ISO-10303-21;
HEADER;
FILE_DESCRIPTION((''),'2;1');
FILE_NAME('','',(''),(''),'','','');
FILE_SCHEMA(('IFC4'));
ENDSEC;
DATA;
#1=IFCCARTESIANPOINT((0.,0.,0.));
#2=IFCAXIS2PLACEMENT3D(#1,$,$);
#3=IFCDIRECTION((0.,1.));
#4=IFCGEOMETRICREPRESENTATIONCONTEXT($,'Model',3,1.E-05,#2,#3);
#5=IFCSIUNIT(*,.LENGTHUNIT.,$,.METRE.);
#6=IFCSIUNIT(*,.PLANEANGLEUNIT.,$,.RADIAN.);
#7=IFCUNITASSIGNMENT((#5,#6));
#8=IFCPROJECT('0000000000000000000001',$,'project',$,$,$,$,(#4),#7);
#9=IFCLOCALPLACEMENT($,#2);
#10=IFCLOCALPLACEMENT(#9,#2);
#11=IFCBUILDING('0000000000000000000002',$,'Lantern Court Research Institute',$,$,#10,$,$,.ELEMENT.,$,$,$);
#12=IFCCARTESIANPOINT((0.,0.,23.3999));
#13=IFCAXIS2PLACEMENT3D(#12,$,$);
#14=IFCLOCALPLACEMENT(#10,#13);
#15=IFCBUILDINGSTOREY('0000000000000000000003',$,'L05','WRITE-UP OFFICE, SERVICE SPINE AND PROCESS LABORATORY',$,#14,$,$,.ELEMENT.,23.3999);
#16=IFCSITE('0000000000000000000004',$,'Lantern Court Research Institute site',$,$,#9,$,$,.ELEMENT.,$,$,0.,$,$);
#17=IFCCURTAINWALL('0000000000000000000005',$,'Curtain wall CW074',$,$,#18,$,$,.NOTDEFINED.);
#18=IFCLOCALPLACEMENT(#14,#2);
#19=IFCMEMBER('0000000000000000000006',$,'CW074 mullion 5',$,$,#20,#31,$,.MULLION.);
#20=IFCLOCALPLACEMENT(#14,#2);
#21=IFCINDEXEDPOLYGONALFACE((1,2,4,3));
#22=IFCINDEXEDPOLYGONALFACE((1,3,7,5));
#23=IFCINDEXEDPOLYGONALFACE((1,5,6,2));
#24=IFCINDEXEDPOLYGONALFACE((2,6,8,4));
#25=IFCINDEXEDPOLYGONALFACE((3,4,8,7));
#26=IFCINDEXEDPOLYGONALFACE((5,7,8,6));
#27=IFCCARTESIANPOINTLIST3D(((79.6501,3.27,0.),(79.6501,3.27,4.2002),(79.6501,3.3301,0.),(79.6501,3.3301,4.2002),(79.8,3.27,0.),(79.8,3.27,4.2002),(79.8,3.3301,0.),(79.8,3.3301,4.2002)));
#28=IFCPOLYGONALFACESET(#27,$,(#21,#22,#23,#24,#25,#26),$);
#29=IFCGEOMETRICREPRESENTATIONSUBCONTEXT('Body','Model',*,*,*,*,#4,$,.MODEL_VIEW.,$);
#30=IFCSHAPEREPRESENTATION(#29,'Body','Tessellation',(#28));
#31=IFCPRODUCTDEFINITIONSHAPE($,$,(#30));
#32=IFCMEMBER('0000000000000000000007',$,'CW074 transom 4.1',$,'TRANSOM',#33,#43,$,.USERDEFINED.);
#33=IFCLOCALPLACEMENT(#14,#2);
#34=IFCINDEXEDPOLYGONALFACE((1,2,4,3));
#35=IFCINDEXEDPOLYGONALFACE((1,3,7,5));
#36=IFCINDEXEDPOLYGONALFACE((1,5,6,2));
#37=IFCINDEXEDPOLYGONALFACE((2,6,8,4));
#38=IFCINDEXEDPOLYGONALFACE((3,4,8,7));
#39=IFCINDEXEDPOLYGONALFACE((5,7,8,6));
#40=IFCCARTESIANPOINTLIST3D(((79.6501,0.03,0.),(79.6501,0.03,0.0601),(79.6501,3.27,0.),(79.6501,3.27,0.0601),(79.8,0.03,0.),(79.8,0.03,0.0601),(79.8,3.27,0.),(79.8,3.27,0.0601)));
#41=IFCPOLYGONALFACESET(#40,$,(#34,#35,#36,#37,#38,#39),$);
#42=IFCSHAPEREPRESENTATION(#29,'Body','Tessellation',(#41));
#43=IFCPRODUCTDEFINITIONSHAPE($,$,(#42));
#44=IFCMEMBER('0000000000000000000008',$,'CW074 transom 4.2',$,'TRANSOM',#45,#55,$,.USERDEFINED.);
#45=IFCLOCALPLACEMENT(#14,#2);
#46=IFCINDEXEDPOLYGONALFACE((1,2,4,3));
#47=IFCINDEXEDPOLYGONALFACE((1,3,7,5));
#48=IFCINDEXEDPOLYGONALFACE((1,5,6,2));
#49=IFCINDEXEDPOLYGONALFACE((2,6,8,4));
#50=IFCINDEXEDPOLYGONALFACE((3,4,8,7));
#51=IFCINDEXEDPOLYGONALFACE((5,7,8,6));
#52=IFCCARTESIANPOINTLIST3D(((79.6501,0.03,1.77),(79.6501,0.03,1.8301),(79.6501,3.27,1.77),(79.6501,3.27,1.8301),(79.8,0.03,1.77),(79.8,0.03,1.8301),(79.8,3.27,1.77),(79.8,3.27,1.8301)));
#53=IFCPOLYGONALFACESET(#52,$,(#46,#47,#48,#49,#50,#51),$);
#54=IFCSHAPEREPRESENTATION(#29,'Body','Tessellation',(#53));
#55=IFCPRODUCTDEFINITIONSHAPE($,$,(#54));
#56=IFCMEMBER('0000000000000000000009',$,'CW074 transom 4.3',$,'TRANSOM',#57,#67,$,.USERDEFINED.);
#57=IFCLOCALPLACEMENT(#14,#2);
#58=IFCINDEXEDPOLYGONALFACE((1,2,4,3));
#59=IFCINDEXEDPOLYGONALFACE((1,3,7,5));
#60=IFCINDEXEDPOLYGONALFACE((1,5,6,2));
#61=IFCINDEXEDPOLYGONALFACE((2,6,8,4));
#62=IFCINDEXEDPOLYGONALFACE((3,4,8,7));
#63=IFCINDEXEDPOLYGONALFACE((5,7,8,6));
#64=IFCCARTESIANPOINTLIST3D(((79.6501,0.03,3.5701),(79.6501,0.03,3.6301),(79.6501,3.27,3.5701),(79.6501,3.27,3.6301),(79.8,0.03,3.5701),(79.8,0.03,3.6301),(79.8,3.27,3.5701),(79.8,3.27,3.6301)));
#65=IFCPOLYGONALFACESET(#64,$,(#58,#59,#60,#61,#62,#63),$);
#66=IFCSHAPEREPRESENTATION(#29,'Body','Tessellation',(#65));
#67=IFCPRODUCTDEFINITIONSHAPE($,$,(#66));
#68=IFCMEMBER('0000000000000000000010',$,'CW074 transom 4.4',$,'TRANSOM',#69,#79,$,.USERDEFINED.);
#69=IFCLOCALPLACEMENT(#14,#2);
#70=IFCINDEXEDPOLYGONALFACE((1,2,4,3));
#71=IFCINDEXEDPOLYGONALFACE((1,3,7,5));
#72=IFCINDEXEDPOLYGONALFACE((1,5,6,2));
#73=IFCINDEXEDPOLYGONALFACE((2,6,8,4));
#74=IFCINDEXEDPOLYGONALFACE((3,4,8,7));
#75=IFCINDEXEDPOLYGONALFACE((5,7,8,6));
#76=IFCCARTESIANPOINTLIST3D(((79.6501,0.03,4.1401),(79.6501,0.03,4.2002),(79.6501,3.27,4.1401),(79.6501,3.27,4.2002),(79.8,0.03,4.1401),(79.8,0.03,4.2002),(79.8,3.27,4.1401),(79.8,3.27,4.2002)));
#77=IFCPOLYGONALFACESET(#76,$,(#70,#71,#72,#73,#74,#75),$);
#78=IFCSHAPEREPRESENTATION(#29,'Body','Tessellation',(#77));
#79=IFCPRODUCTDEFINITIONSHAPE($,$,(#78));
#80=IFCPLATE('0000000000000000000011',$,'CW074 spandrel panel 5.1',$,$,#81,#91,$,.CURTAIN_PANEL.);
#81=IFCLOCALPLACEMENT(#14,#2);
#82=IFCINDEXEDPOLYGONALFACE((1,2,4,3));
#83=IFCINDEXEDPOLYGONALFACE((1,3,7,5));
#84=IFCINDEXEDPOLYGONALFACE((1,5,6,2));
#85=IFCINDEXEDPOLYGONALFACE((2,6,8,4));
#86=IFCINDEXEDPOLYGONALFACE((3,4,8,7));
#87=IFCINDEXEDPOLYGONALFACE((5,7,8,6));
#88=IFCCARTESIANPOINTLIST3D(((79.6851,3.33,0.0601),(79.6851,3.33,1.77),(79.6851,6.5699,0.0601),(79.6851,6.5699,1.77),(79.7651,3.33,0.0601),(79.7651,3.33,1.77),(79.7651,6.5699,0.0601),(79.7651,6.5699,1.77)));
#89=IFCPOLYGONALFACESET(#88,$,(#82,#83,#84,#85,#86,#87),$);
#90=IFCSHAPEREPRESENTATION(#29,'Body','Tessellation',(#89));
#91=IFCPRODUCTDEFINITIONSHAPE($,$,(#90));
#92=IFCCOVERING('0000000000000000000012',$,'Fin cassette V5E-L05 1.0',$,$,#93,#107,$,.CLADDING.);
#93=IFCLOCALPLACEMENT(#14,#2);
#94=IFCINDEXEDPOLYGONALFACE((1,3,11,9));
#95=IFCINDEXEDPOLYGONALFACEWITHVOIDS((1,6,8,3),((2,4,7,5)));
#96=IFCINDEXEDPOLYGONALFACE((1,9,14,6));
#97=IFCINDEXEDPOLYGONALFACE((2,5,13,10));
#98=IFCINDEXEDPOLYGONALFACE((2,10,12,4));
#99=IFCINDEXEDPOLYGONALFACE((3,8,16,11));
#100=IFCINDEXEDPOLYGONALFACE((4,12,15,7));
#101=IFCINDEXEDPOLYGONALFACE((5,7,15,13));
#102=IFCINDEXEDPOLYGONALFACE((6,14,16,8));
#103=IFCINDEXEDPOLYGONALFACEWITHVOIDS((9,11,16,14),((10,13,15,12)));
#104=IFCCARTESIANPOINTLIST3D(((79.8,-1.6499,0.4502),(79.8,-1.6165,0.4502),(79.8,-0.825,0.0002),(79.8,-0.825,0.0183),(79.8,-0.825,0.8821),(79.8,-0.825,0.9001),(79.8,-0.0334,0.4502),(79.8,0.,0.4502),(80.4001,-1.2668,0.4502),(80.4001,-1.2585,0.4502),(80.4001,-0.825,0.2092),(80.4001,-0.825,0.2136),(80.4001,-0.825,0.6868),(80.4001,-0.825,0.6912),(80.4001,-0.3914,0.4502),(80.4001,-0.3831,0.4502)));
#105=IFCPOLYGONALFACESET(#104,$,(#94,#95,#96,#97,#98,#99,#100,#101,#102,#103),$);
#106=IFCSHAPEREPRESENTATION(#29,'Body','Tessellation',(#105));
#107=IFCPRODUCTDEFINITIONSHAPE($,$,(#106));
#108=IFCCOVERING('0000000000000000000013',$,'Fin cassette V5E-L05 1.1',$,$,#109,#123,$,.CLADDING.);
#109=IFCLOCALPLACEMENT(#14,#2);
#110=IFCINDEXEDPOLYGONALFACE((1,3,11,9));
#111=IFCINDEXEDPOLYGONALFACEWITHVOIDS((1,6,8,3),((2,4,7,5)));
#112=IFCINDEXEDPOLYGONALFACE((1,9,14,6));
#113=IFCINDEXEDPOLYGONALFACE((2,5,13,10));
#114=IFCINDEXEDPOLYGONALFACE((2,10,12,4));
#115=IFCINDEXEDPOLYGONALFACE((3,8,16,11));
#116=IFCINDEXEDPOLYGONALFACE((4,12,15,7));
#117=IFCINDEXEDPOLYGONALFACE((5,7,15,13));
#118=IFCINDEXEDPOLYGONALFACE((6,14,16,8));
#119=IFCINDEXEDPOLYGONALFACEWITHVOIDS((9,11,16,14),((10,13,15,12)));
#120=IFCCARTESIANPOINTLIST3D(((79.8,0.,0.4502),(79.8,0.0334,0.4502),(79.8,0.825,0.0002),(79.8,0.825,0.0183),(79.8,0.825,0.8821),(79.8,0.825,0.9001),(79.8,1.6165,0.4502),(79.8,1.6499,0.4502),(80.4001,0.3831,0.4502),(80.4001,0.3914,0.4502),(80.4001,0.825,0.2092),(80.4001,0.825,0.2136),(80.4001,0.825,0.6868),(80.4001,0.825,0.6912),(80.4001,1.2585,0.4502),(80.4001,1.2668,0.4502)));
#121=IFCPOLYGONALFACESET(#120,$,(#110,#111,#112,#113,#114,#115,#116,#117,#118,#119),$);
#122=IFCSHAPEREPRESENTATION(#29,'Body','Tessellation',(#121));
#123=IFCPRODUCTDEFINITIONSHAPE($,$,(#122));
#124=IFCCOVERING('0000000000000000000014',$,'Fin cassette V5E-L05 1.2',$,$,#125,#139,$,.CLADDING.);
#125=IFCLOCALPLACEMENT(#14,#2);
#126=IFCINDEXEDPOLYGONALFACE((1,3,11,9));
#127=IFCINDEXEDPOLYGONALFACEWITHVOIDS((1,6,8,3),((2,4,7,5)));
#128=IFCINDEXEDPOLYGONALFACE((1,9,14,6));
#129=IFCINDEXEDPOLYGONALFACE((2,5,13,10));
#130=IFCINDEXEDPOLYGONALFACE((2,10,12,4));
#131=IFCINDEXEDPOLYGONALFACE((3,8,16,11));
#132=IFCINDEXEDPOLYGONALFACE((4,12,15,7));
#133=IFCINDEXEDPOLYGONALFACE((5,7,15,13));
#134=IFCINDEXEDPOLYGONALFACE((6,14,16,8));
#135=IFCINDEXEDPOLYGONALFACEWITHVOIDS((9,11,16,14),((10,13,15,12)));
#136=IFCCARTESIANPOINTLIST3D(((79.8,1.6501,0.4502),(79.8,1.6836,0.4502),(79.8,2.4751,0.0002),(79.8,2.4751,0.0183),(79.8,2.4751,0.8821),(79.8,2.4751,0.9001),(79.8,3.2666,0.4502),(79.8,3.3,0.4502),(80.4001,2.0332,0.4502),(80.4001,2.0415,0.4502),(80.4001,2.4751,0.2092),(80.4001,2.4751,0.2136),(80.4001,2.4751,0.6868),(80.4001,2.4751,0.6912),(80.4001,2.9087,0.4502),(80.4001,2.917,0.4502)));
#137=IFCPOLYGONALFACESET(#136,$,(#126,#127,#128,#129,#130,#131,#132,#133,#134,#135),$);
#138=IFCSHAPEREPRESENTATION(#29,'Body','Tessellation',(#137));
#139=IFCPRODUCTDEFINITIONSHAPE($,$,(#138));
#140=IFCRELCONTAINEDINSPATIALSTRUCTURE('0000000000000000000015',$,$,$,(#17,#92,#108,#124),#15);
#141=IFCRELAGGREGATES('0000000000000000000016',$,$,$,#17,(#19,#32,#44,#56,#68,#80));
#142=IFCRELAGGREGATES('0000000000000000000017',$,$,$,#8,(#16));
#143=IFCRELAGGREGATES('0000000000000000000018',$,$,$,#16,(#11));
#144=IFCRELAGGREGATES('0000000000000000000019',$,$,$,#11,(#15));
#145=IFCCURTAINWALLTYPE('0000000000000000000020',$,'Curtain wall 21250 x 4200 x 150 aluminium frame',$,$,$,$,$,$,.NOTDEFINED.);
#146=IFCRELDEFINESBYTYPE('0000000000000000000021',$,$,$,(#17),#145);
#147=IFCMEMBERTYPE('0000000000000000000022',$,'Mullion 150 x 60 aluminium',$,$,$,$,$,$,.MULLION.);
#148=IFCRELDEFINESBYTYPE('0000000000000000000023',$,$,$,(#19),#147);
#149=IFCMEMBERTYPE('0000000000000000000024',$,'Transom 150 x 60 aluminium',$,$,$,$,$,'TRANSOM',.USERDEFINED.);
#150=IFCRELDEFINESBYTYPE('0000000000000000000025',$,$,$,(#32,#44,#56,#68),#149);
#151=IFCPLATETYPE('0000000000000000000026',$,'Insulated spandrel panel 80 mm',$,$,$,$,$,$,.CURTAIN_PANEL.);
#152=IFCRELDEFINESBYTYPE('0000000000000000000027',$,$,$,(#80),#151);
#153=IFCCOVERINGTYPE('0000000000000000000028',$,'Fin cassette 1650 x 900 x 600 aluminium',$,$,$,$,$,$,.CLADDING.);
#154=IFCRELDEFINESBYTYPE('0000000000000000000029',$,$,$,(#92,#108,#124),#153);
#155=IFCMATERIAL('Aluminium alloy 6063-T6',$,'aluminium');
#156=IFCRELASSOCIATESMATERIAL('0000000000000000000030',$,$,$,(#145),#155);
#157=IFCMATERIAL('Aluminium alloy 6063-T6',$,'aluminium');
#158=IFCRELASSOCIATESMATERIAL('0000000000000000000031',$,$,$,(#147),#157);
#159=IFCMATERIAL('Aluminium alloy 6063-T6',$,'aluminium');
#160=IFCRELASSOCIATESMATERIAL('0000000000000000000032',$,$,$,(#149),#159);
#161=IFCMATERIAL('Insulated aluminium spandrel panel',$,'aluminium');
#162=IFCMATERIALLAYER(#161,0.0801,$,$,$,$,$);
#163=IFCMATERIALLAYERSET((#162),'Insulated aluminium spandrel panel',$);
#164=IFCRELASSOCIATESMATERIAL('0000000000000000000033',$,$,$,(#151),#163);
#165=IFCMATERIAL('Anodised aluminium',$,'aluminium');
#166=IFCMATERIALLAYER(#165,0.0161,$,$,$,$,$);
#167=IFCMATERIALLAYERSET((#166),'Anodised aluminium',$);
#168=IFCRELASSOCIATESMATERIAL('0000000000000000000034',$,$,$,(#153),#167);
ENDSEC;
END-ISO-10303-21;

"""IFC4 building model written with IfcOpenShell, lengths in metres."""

from ifc_helpers import new_model, entity, si_unit, direction, frame, origin, origin_2d, place, context, subcontext, project, spatial, rectangle, extrude, material, layer, layer_set, material_profile, profile_set, type_object, element, aggregate, save


model = new_model("IFC4")

# Units and contexts
model_context = context("Model", 3, precision=1e-05, world=origin(), true_north=direction((0.0, 1.0)))
body_context = subcontext(model_context, "Body", "Model", "MODEL_VIEW")
ifc_project = project(units=[si_unit("LENGTHUNIT", "METRE"), si_unit("PLANEANGLEUNIT", "RADIAN")], contexts=[model_context])

# Site, building, storey
site_placement = place(None, origin())
site = spatial("IfcSite", under=ifc_project, at=site_placement, Name="Lantern Court Research Institute site", CompositionType="ELEMENT", RefElevation=0.0)
building_placement = place(site_placement, origin())
building = spatial("IfcBuilding", under=site, at=building_placement, Name="Lantern Court Research Institute", CompositionType="ELEMENT")
storey_placement = place(building_placement, frame((0.0, 0.0, 23.3999)))
storey = spatial("IfcBuildingStorey", under=building, at=storey_placement, Name="L05", Description="WRITE-UP OFFICE, SERVICE SPINE AND PROCESS LABORATORY", CompositionType="ELEMENT", Elevation=23.3999)

# Curtain wall, members, plate
ifc_material_1 = material(Name="Aluminium alloy 6063-T6", Category="aluminium")
curtain_wall_type = type_object("IfcCurtainWallType", Name="Curtain wall 21250 x 4200 x 150 aluminium frame", PredefinedType="NOTDEFINED", material=ifc_material_1)
curtain_wall_placement = place(storey_placement, origin())
curtain_wall = element("IfcCurtainWall", 1, at=curtain_wall_placement, inside=storey, type_object=curtain_wall_type, Name="Curtain wall CW074", PredefinedType="NOTDEFINED")
ifc_material_2 = material(Name="Aluminium alloy 6063-T6", Category="aluminium")
ifc_material_profile_1 = material_profile(ifc_material_2, rectangle(XDim=0.1499, YDim=0.0601, at=origin_2d()), Name="Mullion 150 x 60")
ifc_profile_set_1 = profile_set([ifc_material_profile_1], Name="Aluminium alloy 6063-T6")
member_type_1 = type_object("IfcMemberType", Name="Mullion 150 x 60 aluminium", PredefinedType="MULLION", material=ifc_profile_set_1)
member_1_placement = place(storey_placement, frame((79.7251, 3.3, 0.0), z_axis=(0.0, 0.0, 1.0), x_axis=(1.0, 0.0, 0.0)))
member_1 = element("IfcMember", 2, at=member_1_placement, type_object=member_type_1, Name="CW074 mullion 5", PredefinedType="MULLION", context=body_context, shape_type="SweptSolid", body=[
    extrude(rectangle(XDim=0.1499, YDim=0.0601, at=origin_2d()), origin(), (0.0, 0.0, 1.0), 4.2002),
])
ifc_material_3 = material(Name="Aluminium alloy 6063-T6", Category="aluminium")
ifc_material_profile_2 = material_profile(ifc_material_3, rectangle(XDim=0.1499, YDim=0.0601, at=origin_2d()), Name="Transom 150 x 60")
ifc_profile_set_2 = profile_set([ifc_material_profile_2], Name="Aluminium alloy 6063-T6")
member_type_2 = type_object("IfcMemberType", Name="Transom 150 x 60 aluminium", ElementType="TRANSOM", PredefinedType="USERDEFINED", material=ifc_profile_set_2)
member_2_placement = place(storey_placement, frame((79.7251, 3.27, 0.03), z_axis=(0.0, -1.0, 0.0), x_axis=(1.0, 0.0, 0.0)))
member_2 = element("IfcMember", 3, at=member_2_placement, type_object=member_type_2, Name="CW074 transom 4.1", ObjectType="TRANSOM", PredefinedType="USERDEFINED", context=body_context, shape_type="SweptSolid", body=[
    extrude(rectangle(XDim=0.1499, YDim=0.0601, at=origin_2d()), origin(), (0.0, 0.0, 1.0), 3.24),
])
member_3_placement = place(storey_placement, frame((79.7251, 3.27, 1.8), z_axis=(0.0, -1.0, 0.0), x_axis=(1.0, 0.0, 0.0)))
member_3 = element("IfcMember", 4, at=member_3_placement, type_object=member_type_2, Name="CW074 transom 4.2", ObjectType="TRANSOM", PredefinedType="USERDEFINED", context=body_context, shape_type="SweptSolid", body=[
    extrude(rectangle(XDim=0.1499, YDim=0.0601, at=origin_2d()), origin(), (0.0, 0.0, 1.0), 3.24),
])
member_4_placement = place(storey_placement, frame((79.7251, 3.27, 3.6001), z_axis=(0.0, -1.0, 0.0), x_axis=(1.0, 0.0, 0.0)))
member_4 = element("IfcMember", 5, at=member_4_placement, type_object=member_type_2, Name="CW074 transom 4.3", ObjectType="TRANSOM", PredefinedType="USERDEFINED", context=body_context, shape_type="SweptSolid", body=[
    extrude(rectangle(XDim=0.1499, YDim=0.0601, at=origin_2d()), origin(), (0.0, 0.0, 1.0), 3.24),
])
member_5_placement = place(storey_placement, frame((79.7251, 3.27, 4.1702), z_axis=(0.0, -1.0, 0.0), x_axis=(1.0, 0.0, 0.0)))
member_5 = element("IfcMember", 6, at=member_5_placement, type_object=member_type_2, Name="CW074 transom 4.4", ObjectType="TRANSOM", PredefinedType="USERDEFINED", context=body_context, shape_type="SweptSolid", body=[
    extrude(rectangle(XDim=0.1499, YDim=0.0601, at=origin_2d()), origin(), (0.0, 0.0, 1.0), 3.24),
])
ifc_material_4 = material(Name="Insulated aluminium spandrel panel", Category="aluminium")
ifc_layer_1 = layer(ifc_material_4, 0.0801)
ifc_layer_set_1 = layer_set([ifc_layer_1], Name="Insulated aluminium spandrel panel")
plate_type = type_object("IfcPlateType", Name="Insulated spandrel panel 80 mm", PredefinedType="CURTAIN_PANEL", material=ifc_layer_set_1)
plate_placement = place(storey_placement, frame((79.7251, 4.95, 0.0601), z_axis=(0.0, 0.0, 1.0), x_axis=(0.0, -1.0, 0.0)))
plate = element("IfcPlate", 7, at=plate_placement, type_object=plate_type, Name="CW074 spandrel panel 5.1", PredefinedType="CURTAIN_PANEL", context=body_context, shape_type="SweptSolid", body=[
    extrude(rectangle(XDim=3.24, YDim=0.0801, at=origin_2d()), origin(), (0.0, 0.0, 1.0), 1.71),
])
aggregate(curtain_wall, [member_1, member_2, member_3, member_4, member_5, plate])

# Coverings
ifc_material_5 = material(Name="Anodised aluminium", Category="aluminium")
ifc_layer_2 = layer(ifc_material_5, 0.0161)
ifc_layer_set_2 = layer_set([ifc_layer_2], Name="Anodised aluminium")
covering_type = type_object("IfcCoveringType", Name="Fin cassette 1650 x 900 x 600 aluminium", PredefinedType="CLADDING", material=ifc_layer_set_2)
covering_1_placement = place(storey_placement, frame((79.8, -0.825, 0.4502), z_axis=(1.0, 0.0, 0.0), x_axis=(0.0, 1.0, 0.0)))
cartesian_point_1 = entity("IfcCartesianPoint", [0.825, 0.0])
cartesian_point_2 = entity("IfcCartesianPoint", [0.7915, 0.0])
cartesian_point_3 = entity("IfcCartesianPoint", [0.4419, 0.0])
cartesian_point_4 = entity("IfcCartesianPoint", [0.4336, 0.0])
element("IfcCovering", 8, at=covering_1_placement, inside=storey, type_object=covering_type, Name="Fin cassette V5E-L05 1.0", PredefinedType="CLADDING", context=body_context, shape_type="SweptSolid", body=[
    entity("IfcExtrudedAreaSolidTapered", entity("IfcArbitraryProfileDefWithVoids", "AREA", None, entity("IfcPolyline", [cartesian_point_1, entity("IfcCartesianPoint", [0.0, 0.45]), entity("IfcCartesianPoint", [-0.825, 0.0]), entity("IfcCartesianPoint", [0.0, -0.45]), cartesian_point_1]), [entity("IfcPolyline", [cartesian_point_2, entity("IfcCartesianPoint", [0.0, 0.4319]), entity("IfcCartesianPoint", [-0.7915, 0.0]), entity("IfcCartesianPoint", [0.0, -0.4319]), cartesian_point_2])]), entity("IfcAxis2Placement3D", entity("IfcCartesianPoint", [0.0, 0.0, 0.0])), entity("IfcDirection", [0.0, 0.0, 1.0]), 0.6001, entity("IfcArbitraryProfileDefWithVoids", "AREA", None, entity("IfcPolyline", [cartesian_point_3, entity("IfcCartesianPoint", [0.0, 0.241]), entity("IfcCartesianPoint", [-0.4419, 0.0]), entity("IfcCartesianPoint", [0.0, -0.241]), cartesian_point_3]), [entity("IfcPolyline", [cartesian_point_4, entity("IfcCartesianPoint", [0.0, 0.2366]), entity("IfcCartesianPoint", [-0.4336, 0.0]), entity("IfcCartesianPoint", [0.0, -0.2366]), cartesian_point_4])])),
])
covering_2_placement = place(storey_placement, frame((79.8, 0.825, 0.4502), z_axis=(1.0, 0.0, 0.0), x_axis=(0.0, 1.0, 0.0)))
cartesian_point_5 = entity("IfcCartesianPoint", [0.825, 0.0])
cartesian_point_6 = entity("IfcCartesianPoint", [0.7915, 0.0])
cartesian_point_7 = entity("IfcCartesianPoint", [0.4419, 0.0])
cartesian_point_8 = entity("IfcCartesianPoint", [0.4336, 0.0])
element("IfcCovering", 9, at=covering_2_placement, inside=storey, type_object=covering_type, Name="Fin cassette V5E-L05 1.1", PredefinedType="CLADDING", context=body_context, shape_type="SweptSolid", body=[
    entity("IfcExtrudedAreaSolidTapered", entity("IfcArbitraryProfileDefWithVoids", "AREA", None, entity("IfcPolyline", [cartesian_point_5, entity("IfcCartesianPoint", [0.0, 0.45]), entity("IfcCartesianPoint", [-0.825, 0.0]), entity("IfcCartesianPoint", [0.0, -0.45]), cartesian_point_5]), [entity("IfcPolyline", [cartesian_point_6, entity("IfcCartesianPoint", [0.0, 0.4319]), entity("IfcCartesianPoint", [-0.7915, 0.0]), entity("IfcCartesianPoint", [0.0, -0.4319]), cartesian_point_6])]), entity("IfcAxis2Placement3D", entity("IfcCartesianPoint", [0.0, 0.0, 0.0])), entity("IfcDirection", [0.0, 0.0, 1.0]), 0.6001, entity("IfcArbitraryProfileDefWithVoids", "AREA", None, entity("IfcPolyline", [cartesian_point_7, entity("IfcCartesianPoint", [0.0, 0.241]), entity("IfcCartesianPoint", [-0.4419, 0.0]), entity("IfcCartesianPoint", [0.0, -0.241]), cartesian_point_7]), [entity("IfcPolyline", [cartesian_point_8, entity("IfcCartesianPoint", [0.0, 0.2366]), entity("IfcCartesianPoint", [-0.4336, 0.0]), entity("IfcCartesianPoint", [0.0, -0.2366]), cartesian_point_8])])),
])
covering_3_placement = place(storey_placement, frame((79.8, 2.4751, 0.4502), z_axis=(1.0, 0.0, 0.0), x_axis=(0.0, 1.0, 0.0)))
cartesian_point_9 = entity("IfcCartesianPoint", [0.825, 0.0])
cartesian_point_10 = entity("IfcCartesianPoint", [0.7915, 0.0])
cartesian_point_11 = entity("IfcCartesianPoint", [0.4419, 0.0])
cartesian_point_12 = entity("IfcCartesianPoint", [0.4336, 0.0])
element("IfcCovering", 10, at=covering_3_placement, inside=storey, type_object=covering_type, Name="Fin cassette V5E-L05 1.2", PredefinedType="CLADDING", context=body_context, shape_type="SweptSolid", body=[
    entity("IfcExtrudedAreaSolidTapered", entity("IfcArbitraryProfileDefWithVoids", "AREA", None, entity("IfcPolyline", [cartesian_point_9, entity("IfcCartesianPoint", [0.0, 0.45]), entity("IfcCartesianPoint", [-0.825, 0.0]), entity("IfcCartesianPoint", [0.0, -0.45]), cartesian_point_9]), [entity("IfcPolyline", [cartesian_point_10, entity("IfcCartesianPoint", [0.0, 0.4319]), entity("IfcCartesianPoint", [-0.7915, 0.0]), entity("IfcCartesianPoint", [0.0, -0.4319]), cartesian_point_10])]), entity("IfcAxis2Placement3D", entity("IfcCartesianPoint", [0.0, 0.0, 0.0])), entity("IfcDirection", [0.0, 0.0, 1.0]), 0.6001, entity("IfcArbitraryProfileDefWithVoids", "AREA", None, entity("IfcPolyline", [cartesian_point_11, entity("IfcCartesianPoint", [0.0, 0.241]), entity("IfcCartesianPoint", [-0.4419, 0.0]), entity("IfcCartesianPoint", [0.0, -0.241]), cartesian_point_11]), [entity("IfcPolyline", [cartesian_point_12, entity("IfcCartesianPoint", [0.0, 0.2366]), entity("IfcCartesianPoint", [-0.4336, 0.0]), entity("IfcCartesianPoint", [0.0, -0.2366]), cartesian_point_12])])),
])

save(model, "model.ifc")
